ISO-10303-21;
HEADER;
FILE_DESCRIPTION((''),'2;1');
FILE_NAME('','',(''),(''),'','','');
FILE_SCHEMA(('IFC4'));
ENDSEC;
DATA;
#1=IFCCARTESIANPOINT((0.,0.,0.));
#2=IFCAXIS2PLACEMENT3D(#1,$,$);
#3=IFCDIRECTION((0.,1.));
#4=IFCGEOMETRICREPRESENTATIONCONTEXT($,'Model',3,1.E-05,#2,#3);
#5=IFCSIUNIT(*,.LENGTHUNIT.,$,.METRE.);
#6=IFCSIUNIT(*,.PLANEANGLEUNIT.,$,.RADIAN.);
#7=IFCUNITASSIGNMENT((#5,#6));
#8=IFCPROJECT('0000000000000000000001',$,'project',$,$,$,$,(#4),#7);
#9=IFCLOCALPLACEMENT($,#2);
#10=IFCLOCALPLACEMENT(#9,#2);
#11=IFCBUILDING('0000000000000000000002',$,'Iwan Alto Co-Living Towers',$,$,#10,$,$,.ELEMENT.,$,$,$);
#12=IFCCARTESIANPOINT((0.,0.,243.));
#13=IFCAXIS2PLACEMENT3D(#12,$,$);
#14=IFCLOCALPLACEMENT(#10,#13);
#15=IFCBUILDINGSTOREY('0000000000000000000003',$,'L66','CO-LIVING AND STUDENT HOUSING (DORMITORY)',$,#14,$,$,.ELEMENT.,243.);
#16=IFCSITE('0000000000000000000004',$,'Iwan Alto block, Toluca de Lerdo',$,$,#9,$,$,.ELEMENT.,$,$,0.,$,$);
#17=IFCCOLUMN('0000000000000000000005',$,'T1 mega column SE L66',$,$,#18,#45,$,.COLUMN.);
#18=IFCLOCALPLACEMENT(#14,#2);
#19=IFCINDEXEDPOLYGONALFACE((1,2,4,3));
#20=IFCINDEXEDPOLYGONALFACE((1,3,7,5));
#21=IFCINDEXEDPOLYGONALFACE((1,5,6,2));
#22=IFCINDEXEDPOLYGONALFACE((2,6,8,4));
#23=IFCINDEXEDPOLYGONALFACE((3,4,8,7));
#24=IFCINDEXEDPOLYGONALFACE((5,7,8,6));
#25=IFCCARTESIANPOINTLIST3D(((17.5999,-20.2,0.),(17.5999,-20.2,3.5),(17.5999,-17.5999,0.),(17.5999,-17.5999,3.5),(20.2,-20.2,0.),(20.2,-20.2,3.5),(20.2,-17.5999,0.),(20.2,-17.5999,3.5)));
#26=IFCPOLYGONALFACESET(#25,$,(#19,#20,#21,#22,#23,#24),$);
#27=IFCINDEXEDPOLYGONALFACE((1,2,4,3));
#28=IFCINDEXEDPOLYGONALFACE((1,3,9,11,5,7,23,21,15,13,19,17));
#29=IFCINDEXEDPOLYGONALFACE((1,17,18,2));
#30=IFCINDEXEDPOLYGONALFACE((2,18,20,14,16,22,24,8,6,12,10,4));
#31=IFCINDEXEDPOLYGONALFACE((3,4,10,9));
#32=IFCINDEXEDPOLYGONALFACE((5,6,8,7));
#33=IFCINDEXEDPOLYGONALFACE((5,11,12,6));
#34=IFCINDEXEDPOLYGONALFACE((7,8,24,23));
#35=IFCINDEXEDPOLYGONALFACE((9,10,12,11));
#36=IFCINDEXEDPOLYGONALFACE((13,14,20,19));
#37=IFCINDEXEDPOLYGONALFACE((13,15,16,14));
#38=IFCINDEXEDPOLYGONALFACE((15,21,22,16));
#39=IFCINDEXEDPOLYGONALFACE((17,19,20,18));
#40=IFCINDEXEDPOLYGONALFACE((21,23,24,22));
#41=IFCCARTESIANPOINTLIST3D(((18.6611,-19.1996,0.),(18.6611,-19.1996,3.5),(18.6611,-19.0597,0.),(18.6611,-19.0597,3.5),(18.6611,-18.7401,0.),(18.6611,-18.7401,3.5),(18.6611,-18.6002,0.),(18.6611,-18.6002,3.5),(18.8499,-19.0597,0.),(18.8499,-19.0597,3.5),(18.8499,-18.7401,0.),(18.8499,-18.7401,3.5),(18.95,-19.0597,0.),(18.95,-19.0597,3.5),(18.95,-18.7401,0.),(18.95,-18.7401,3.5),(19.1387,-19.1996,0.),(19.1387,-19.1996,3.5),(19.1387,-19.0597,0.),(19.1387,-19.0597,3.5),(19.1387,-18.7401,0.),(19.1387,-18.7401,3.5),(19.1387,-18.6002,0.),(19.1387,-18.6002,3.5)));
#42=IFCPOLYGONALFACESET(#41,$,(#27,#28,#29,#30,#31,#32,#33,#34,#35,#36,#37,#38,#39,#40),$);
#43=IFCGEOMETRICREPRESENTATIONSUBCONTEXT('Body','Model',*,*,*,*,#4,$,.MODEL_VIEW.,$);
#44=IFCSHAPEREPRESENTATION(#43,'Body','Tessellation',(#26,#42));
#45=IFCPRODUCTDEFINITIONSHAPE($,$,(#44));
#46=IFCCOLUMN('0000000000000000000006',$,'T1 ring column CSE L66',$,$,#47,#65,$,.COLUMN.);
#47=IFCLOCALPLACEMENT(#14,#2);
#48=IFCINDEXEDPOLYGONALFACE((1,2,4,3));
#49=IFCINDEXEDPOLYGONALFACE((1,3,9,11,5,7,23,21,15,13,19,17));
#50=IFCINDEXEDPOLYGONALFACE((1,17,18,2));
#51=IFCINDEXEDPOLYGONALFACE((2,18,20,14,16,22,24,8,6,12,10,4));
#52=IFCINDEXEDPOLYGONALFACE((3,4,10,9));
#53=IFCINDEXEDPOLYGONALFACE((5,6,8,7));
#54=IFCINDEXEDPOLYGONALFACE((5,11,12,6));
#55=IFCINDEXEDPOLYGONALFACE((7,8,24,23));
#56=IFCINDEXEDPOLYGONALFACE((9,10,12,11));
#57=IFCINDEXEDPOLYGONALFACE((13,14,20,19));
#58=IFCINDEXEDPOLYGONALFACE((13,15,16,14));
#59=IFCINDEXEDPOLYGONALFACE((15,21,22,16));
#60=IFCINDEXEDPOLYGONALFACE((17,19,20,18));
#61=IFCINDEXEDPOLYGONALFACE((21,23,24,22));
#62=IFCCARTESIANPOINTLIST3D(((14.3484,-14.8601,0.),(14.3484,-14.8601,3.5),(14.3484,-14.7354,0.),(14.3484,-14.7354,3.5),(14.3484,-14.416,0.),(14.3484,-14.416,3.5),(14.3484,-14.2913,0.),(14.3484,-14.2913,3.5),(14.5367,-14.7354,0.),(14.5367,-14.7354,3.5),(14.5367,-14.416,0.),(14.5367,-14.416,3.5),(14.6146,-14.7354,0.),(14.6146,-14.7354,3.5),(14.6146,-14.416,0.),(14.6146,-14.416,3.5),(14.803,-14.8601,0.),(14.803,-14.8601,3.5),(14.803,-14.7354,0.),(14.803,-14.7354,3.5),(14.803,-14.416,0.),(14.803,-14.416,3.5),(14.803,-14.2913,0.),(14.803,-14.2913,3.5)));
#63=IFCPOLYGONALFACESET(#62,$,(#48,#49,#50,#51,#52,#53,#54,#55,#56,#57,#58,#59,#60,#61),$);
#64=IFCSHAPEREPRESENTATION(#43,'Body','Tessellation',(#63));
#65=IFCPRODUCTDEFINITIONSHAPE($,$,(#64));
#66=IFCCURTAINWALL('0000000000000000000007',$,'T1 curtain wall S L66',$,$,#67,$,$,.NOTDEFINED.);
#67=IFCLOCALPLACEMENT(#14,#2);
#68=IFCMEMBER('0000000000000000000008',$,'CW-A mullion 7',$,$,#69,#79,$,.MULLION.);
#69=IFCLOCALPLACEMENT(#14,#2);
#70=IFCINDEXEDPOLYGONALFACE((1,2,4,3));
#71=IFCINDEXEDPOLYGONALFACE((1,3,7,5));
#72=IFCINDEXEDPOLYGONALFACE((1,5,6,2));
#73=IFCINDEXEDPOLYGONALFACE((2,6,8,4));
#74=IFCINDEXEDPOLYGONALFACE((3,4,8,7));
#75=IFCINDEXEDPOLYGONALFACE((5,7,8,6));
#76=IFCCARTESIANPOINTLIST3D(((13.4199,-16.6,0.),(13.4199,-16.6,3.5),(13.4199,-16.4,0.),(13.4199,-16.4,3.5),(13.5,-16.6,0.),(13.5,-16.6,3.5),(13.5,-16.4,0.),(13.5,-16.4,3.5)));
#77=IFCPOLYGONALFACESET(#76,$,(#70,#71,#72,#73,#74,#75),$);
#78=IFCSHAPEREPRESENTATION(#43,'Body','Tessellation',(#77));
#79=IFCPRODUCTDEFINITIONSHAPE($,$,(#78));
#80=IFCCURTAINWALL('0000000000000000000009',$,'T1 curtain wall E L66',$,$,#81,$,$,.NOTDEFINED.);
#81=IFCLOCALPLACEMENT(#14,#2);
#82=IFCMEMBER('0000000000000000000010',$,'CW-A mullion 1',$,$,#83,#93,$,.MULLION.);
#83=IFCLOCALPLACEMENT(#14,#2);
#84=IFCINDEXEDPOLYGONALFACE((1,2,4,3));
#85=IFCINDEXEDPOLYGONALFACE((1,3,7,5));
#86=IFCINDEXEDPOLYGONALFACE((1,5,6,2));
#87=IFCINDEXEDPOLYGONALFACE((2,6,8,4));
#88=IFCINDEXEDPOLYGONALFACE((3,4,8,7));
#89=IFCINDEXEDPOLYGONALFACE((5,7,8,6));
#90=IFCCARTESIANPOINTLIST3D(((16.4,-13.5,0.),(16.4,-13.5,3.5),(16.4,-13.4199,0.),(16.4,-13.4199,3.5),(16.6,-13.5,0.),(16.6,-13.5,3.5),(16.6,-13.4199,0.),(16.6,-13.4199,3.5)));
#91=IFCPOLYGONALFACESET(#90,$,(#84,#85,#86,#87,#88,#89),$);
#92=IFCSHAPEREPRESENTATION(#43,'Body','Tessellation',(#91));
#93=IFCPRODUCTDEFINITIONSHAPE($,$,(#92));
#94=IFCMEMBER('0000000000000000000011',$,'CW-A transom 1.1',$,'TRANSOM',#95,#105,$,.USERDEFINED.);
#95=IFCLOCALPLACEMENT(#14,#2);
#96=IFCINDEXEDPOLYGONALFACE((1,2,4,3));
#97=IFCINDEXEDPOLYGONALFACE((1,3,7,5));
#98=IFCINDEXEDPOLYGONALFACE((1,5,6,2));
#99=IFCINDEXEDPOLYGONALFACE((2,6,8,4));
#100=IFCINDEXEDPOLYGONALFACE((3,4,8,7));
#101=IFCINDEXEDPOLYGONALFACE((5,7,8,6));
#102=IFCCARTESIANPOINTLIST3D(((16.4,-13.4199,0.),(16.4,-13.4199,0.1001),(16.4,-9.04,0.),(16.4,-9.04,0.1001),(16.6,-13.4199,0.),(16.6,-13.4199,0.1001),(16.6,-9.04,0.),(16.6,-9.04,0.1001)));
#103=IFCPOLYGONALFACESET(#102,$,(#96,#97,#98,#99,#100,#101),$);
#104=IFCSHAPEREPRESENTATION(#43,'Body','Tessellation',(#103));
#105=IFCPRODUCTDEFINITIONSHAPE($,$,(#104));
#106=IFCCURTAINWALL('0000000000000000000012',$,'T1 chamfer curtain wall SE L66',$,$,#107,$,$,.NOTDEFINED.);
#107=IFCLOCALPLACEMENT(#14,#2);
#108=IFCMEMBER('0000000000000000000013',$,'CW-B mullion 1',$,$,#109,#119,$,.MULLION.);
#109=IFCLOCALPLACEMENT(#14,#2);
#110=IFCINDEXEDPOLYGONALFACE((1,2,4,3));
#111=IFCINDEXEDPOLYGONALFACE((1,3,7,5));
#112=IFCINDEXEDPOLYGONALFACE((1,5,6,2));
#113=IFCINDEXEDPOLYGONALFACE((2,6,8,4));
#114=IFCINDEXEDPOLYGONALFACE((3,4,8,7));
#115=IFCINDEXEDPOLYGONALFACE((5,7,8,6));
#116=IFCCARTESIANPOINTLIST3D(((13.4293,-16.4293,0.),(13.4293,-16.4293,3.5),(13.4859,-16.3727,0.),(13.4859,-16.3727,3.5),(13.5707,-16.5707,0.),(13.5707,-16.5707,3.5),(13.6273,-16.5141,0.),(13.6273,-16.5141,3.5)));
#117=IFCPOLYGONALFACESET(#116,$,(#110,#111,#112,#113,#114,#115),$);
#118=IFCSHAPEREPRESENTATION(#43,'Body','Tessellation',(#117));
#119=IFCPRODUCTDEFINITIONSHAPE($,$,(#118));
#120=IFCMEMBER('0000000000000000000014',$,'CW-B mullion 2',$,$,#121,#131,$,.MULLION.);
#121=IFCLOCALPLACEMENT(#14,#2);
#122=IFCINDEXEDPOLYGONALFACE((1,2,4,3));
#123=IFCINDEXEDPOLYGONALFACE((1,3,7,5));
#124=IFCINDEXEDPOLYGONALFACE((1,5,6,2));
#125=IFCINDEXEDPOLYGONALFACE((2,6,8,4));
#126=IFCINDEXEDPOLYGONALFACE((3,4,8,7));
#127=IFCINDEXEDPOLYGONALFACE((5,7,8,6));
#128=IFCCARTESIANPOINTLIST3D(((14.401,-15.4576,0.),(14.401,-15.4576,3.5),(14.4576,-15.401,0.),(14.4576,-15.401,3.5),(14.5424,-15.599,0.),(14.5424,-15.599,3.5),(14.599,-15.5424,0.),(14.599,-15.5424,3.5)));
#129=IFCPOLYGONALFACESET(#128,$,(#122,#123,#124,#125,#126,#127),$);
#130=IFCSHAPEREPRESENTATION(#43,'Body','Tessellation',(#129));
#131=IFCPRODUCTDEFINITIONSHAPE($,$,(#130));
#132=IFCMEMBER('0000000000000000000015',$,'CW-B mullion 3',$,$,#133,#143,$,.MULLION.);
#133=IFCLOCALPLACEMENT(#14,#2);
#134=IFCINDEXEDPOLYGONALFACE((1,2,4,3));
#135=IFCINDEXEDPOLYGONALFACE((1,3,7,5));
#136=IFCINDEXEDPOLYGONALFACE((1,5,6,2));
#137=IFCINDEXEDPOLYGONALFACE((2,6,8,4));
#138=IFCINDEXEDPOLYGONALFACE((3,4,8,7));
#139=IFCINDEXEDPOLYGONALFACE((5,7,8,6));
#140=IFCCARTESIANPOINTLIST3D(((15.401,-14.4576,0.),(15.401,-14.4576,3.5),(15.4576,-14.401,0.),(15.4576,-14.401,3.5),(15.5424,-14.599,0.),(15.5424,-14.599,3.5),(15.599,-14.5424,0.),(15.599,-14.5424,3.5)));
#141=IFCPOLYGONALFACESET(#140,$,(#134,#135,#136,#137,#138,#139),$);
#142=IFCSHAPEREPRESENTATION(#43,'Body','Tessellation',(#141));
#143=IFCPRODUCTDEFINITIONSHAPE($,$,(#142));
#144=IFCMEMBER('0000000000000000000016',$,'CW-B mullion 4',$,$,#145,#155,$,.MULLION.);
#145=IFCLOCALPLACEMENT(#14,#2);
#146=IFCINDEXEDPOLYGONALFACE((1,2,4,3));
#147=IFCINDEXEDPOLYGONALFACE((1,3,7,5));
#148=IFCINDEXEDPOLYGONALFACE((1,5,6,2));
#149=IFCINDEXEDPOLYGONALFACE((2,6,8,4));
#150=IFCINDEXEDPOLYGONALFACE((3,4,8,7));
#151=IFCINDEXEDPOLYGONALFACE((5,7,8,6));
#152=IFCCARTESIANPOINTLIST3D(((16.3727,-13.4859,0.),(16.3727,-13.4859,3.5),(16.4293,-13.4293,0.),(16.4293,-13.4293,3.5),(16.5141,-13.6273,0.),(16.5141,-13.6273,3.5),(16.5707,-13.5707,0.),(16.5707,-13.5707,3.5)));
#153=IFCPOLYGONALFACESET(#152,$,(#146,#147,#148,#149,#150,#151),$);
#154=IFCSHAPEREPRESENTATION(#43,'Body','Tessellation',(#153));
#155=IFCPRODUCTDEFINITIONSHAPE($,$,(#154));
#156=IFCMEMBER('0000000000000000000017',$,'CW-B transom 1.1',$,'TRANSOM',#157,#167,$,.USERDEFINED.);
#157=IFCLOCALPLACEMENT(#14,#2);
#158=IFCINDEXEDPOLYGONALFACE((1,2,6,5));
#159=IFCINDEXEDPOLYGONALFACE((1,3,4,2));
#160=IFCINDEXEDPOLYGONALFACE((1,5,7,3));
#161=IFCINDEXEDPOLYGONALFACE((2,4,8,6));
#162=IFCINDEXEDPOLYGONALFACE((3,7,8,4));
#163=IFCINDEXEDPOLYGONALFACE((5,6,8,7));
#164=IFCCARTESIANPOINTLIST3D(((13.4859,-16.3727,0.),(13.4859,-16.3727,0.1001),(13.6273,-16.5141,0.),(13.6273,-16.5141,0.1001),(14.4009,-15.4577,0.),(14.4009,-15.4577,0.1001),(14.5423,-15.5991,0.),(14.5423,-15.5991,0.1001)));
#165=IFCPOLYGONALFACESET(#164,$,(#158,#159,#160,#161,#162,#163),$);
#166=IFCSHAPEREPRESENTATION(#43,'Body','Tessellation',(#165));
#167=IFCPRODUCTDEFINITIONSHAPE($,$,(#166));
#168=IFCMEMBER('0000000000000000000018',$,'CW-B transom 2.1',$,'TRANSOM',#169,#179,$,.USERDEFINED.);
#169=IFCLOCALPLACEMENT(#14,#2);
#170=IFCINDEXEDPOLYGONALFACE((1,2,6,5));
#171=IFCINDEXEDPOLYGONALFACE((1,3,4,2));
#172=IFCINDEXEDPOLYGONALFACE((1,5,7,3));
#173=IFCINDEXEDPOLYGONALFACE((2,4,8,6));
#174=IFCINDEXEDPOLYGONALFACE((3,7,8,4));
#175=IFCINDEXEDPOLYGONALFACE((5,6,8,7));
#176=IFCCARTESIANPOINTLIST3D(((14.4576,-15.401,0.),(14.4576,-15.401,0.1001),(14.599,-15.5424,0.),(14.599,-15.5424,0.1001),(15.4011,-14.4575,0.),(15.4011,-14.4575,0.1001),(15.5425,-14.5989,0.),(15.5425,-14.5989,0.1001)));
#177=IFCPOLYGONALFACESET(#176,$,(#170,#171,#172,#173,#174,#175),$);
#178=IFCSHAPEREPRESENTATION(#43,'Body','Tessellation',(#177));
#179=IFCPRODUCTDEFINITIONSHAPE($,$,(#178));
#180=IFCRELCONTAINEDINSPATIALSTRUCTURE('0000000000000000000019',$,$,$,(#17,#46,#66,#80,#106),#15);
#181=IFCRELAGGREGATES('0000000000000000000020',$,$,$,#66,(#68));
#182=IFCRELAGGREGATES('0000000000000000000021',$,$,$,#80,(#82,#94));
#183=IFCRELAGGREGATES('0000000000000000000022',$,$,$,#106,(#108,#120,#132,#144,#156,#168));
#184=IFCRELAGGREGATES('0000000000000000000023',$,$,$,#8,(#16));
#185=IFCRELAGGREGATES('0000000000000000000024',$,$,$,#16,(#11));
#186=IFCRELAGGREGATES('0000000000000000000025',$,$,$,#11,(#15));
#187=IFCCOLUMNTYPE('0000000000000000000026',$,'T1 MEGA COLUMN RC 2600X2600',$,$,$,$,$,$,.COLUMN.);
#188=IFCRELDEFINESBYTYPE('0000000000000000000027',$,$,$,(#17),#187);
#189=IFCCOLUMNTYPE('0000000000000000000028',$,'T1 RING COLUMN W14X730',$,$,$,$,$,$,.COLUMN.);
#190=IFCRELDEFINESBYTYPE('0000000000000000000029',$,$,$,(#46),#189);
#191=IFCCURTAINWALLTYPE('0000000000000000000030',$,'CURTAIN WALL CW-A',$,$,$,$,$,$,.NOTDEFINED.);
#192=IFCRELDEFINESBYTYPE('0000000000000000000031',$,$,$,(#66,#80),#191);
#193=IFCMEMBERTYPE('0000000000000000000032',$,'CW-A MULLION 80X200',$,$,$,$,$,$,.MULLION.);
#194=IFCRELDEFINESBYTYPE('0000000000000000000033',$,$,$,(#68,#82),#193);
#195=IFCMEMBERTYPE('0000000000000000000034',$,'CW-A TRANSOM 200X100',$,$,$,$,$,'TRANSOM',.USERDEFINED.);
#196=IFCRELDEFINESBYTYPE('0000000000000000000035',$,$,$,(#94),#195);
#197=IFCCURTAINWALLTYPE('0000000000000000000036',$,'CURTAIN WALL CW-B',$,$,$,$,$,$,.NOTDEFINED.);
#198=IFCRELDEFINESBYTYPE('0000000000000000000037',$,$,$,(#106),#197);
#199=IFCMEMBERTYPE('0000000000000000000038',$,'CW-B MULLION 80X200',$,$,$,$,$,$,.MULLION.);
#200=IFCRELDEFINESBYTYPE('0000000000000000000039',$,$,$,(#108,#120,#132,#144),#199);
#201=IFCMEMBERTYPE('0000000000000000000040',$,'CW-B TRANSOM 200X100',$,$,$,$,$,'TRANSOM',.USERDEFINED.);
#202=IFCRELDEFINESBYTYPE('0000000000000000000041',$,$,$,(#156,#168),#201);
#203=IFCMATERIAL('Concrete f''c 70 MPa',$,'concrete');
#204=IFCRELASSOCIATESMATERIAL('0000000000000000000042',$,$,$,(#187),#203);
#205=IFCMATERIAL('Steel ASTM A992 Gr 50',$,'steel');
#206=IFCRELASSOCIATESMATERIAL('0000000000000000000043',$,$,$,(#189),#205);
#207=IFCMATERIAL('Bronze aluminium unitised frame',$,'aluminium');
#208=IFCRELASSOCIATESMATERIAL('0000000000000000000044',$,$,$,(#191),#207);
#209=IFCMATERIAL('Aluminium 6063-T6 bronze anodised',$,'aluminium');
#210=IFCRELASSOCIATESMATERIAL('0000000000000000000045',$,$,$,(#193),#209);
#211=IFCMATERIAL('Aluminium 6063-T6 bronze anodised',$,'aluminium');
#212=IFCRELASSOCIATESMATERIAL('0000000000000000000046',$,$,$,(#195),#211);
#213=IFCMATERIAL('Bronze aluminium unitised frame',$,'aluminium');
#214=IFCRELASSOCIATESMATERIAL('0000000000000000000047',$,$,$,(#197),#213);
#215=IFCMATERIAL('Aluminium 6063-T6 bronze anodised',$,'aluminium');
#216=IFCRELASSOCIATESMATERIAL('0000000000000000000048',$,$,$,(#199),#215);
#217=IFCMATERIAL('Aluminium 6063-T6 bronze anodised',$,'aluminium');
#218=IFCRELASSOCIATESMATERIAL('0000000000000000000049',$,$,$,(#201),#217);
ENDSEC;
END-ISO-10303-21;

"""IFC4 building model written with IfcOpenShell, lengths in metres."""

from ifc_helpers import new_model, si_unit, direction, frame, origin, origin_2d, place, context, subcontext, project, spatial, rectangle, i_section, extrude, material, material_profile, profile_set, type_object, element, aggregate, save


model = new_model("IFC4")

# Units and contexts
model_context = context("Model", 3, precision=1e-05, world=origin(), true_north=direction((0.0, 1.0)))
body_context = subcontext(model_context, "Body", "Model", "MODEL_VIEW")
ifc_project = project(units=[si_unit("LENGTHUNIT", "METRE"), si_unit("PLANEANGLEUNIT", "RADIAN")], contexts=[model_context])

# Site, building, storey
site_placement = place(None, origin())
site = spatial("IfcSite", under=ifc_project, at=site_placement, Name="Iwan Alto block, Toluca de Lerdo", CompositionType="ELEMENT", RefElevation=0.0)
building_placement = place(site_placement, origin())
building = spatial("IfcBuilding", under=site, at=building_placement, Name="Iwan Alto Co-Living Towers", CompositionType="ELEMENT")
storey_placement = place(building_placement, frame((0.0, 0.0, 243.0)))
storey = spatial("IfcBuildingStorey", under=building, at=storey_placement, Name="L66", Description="CO-LIVING AND STUDENT HOUSING (DORMITORY)", CompositionType="ELEMENT", Elevation=243.0)

# Columns
ifc_material_1 = material(Name="Concrete f'c 70 MPa", Category="concrete")
ifc_material_profile_1 = material_profile(ifc_material_1, rectangle(XDim=2.6001, YDim=2.6001, at=origin_2d()), Name="RC 2600X2600")
ifc_profile_set_1 = profile_set([ifc_material_profile_1], Name="Concrete f'c 70 MPa")
column_type_1 = type_object("IfcColumnType", Name="T1 MEGA COLUMN RC 2600X2600", PredefinedType="COLUMN", material=ifc_profile_set_1)
column_1_placement = place(storey_placement, frame((18.8999, -18.8999, 0.0), z_axis=(0.0, 0.0, 1.0), x_axis=(1.0, 0.0, 0.0)))
element("IfcColumn", 1, at=column_1_placement, inside=storey, type_object=column_type_1, Name="T1 mega column SE L66", PredefinedType="COLUMN", context=body_context, shape_type="SweptSolid", body=[
    extrude(rectangle(XDim=2.6001, YDim=2.6001, at=origin_2d()), origin(), (0.0, 0.0, 1.0), 3.5),
    extrude(i_section(OverallWidth=0.4775, OverallDepth=0.5994, WebThickness=0.1001, FlangeThickness=0.1399, at=origin_2d()), origin(), (0.0, 0.0, 1.0), 3.5),
])
ifc_material_2 = material(Name="Steel ASTM A992 Gr 50", Category="steel")
ifc_material_profile_2 = material_profile(ifc_material_2, i_section(OverallWidth=0.4546, OverallDepth=0.5688, WebThickness=0.0779, FlangeThickness=0.1248, at=origin_2d()), Name="W14X730")
ifc_profile_set_2 = profile_set([ifc_material_profile_2], Name="Steel ASTM A992 Gr 50")
column_type_2 = type_object("IfcColumnType", Name="T1 RING COLUMN W14X730", PredefinedType="COLUMN", material=ifc_profile_set_2)
column_2_placement = place(storey_placement, frame((14.5757, -14.5757, 0.0), z_axis=(0.0, 0.0, 1.0), x_axis=(1.0, 0.0, 0.0)))
element("IfcColumn", 2, at=column_2_placement, inside=storey, type_object=column_type_2, Name="T1 ring column CSE L66", PredefinedType="COLUMN", context=body_context, shape_type="SweptSolid", body=[
    extrude(i_section(OverallWidth=0.4546, OverallDepth=0.5688, WebThickness=0.0779, FlangeThickness=0.1248, at=origin_2d()), origin(), (0.0, 0.0, 1.0), 3.5),
])

# Curtain wall, member
ifc_material_3 = material(Name="Bronze aluminium unitised frame", Category="aluminium")
curtain_wall_type_1 = type_object("IfcCurtainWallType", Name="CURTAIN WALL CW-A", PredefinedType="NOTDEFINED", material=ifc_material_3)
curtain_wall_1_placement = place(storey_placement, origin())
curtain_wall_1 = element("IfcCurtainWall", 3, at=curtain_wall_1_placement, inside=storey, type_object=curtain_wall_type_1, Name="T1 curtain wall S L66", PredefinedType="NOTDEFINED")
ifc_material_4 = material(Name="Aluminium 6063-T6 bronze anodised", Category="aluminium")
ifc_material_profile_3 = material_profile(ifc_material_4, rectangle(XDim=0.2, YDim=0.0801, at=origin_2d()), Name="AL 80X200")
ifc_profile_set_3 = profile_set([ifc_material_profile_3], Name="Aluminium 6063-T6 bronze anodised")
member_type_1 = type_object("IfcMemberType", Name="CW-A MULLION 80X200", PredefinedType="MULLION", material=ifc_profile_set_3)
member_1_placement = place(storey_placement, frame((13.46, -16.5, 0.0), z_axis=(0.0, 0.0, 1.0), x_axis=(0.0, 1.0, 0.0)))
member_1 = element("IfcMember", 4, at=member_1_placement, type_object=member_type_1, Name="CW-A mullion 7", PredefinedType="MULLION", context=body_context, shape_type="SweptSolid", body=[
    extrude(rectangle(XDim=0.2, YDim=0.0801, at=origin_2d()), origin(), (0.0, 0.0, 1.0), 3.5),
])
aggregate(curtain_wall_1, [member_1])

# Curtain walls, members
curtain_wall_2_placement = place(storey_placement, origin())
curtain_wall_2 = element("IfcCurtainWall", 5, at=curtain_wall_2_placement, inside=storey, type_object=curtain_wall_type_1, Name="T1 curtain wall E L66", PredefinedType="NOTDEFINED")
member_2_placement = place(storey_placement, frame((16.5, -13.46, 0.0), z_axis=(0.0, 0.0, 1.0), x_axis=(-1.0, 0.0, 0.0)))
member_2 = element("IfcMember", 6, at=member_2_placement, type_object=member_type_1, Name="CW-A mullion 1", PredefinedType="MULLION", context=body_context, shape_type="SweptSolid", body=[
    extrude(rectangle(XDim=0.2, YDim=0.0801, at=origin_2d()), origin(), (0.0, 0.0, 1.0), 3.5),
])
ifc_material_5 = material(Name="Aluminium 6063-T6 bronze anodised", Category="aluminium")
ifc_material_profile_4 = material_profile(ifc_material_5, rectangle(XDim=0.2, YDim=0.1001, at=origin_2d()), Name="AL 200X100")
ifc_profile_set_4 = profile_set([ifc_material_profile_4], Name="Aluminium 6063-T6 bronze anodised")
member_type_2 = type_object("IfcMemberType", Name="CW-A TRANSOM 200X100", ElementType="TRANSOM", PredefinedType="USERDEFINED", material=ifc_profile_set_4)
member_3_placement = place(storey_placement, frame((16.5, -13.4199, 0.05), z_axis=(0.0, 1.0, 0.0), x_axis=(-1.0, 0.0, 0.0)))
member_3 = element("IfcMember", 7, at=member_3_placement, type_object=member_type_2, Name="CW-A transom 1.1", ObjectType="TRANSOM", PredefinedType="USERDEFINED", context=body_context, shape_type="SweptSolid", body=[
    extrude(rectangle(XDim=0.2, YDim=0.1001, at=origin_2d()), origin(), (0.0, 0.0, 1.0), 4.3799),
])
aggregate(curtain_wall_2, [member_2, member_3])
ifc_material_6 = material(Name="Bronze aluminium unitised frame", Category="aluminium")
curtain_wall_type_2 = type_object("IfcCurtainWallType", Name="CURTAIN WALL CW-B", PredefinedType="NOTDEFINED", material=ifc_material_6)
curtain_wall_3_placement = place(storey_placement, origin())
curtain_wall_3 = element("IfcCurtainWall", 8, at=curtain_wall_3_placement, inside=storey, type_object=curtain_wall_type_2, Name="T1 chamfer curtain wall SE L66", PredefinedType="NOTDEFINED")
ifc_material_7 = material(Name="Aluminium 6063-T6 bronze anodised", Category="aluminium")
ifc_material_profile_5 = material_profile(ifc_material_7, rectangle(XDim=0.2, YDim=0.0801, at=origin_2d()), Name="AL 80X200")
ifc_profile_set_5 = profile_set([ifc_material_profile_5], Name="Aluminium 6063-T6 bronze anodised")
member_type_3 = type_object("IfcMemberType", Name="CW-B MULLION 80X200", PredefinedType="MULLION", material=ifc_profile_set_5)
member_4_placement = place(storey_placement, frame((13.5283, -16.4717, 0.0), z_axis=(0.0, 0.0, 1.0), x_axis=(-0.707107, 0.707107, 0.0)))
member_4 = element("IfcMember", 9, at=member_4_placement, type_object=member_type_3, Name="CW-B mullion 1", PredefinedType="MULLION", context=body_context, shape_type="SweptSolid", body=[
    extrude(rectangle(XDim=0.2, YDim=0.0801, at=origin_2d()), origin(), (0.0, 0.0, 1.0), 3.5),
])
member_5_placement = place(storey_placement, frame((14.5, -15.5, 0.0), z_axis=(0.0, 0.0, 1.0), x_axis=(-0.707107, 0.707107, 0.0)))
member_5 = element("IfcMember", 10, at=member_5_placement, type_object=member_type_3, Name="CW-B mullion 2", PredefinedType="MULLION", context=body_context, shape_type="SweptSolid", body=[
    extrude(rectangle(XDim=0.2, YDim=0.0801, at=origin_2d()), origin(), (0.0, 0.0, 1.0), 3.5),
])
member_6_placement = place(storey_placement, frame((15.5, -14.5, 0.0), z_axis=(0.0, 0.0, 1.0), x_axis=(-0.707107, 0.707107, 0.0)))
member_6 = element("IfcMember", 11, at=member_6_placement, type_object=member_type_3, Name="CW-B mullion 3", PredefinedType="MULLION", context=body_context, shape_type="SweptSolid", body=[
    extrude(rectangle(XDim=0.2, YDim=0.0801, at=origin_2d()), origin(), (0.0, 0.0, 1.0), 3.5),
])
member_7_placement = place(storey_placement, frame((16.4717, -13.5283, 0.0), z_axis=(0.0, 0.0, 1.0), x_axis=(-0.707107, 0.707107, 0.0)))
member_7 = element("IfcMember", 12, at=member_7_placement, type_object=member_type_3, Name="CW-B mullion 4", PredefinedType="MULLION", context=body_context, shape_type="SweptSolid", body=[
    extrude(rectangle(XDim=0.2, YDim=0.0801, at=origin_2d()), origin(), (0.0, 0.0, 1.0), 3.5),
])
ifc_material_8 = material(Name="Aluminium 6063-T6 bronze anodised", Category="aluminium")
ifc_material_profile_6 = material_profile(ifc_material_8, rectangle(XDim=0.2, YDim=0.1001, at=origin_2d()), Name="AL 200X100")
ifc_profile_set_6 = profile_set([ifc_material_profile_6], Name="Aluminium 6063-T6 bronze anodised")
member_type_4 = type_object("IfcMemberType", Name="CW-B TRANSOM 200X100", ElementType="TRANSOM", PredefinedType="USERDEFINED", material=ifc_profile_set_6)
member_8_placement = place(storey_placement, frame((13.5566, -16.4434, 0.05), z_axis=(0.707107, 0.707107, 0.0), x_axis=(-0.707107, 0.707107, 0.0)))
member_8 = element("IfcMember", 13, at=member_8_placement, type_object=member_type_4, Name="CW-B transom 1.1", ObjectType="TRANSOM", PredefinedType="USERDEFINED", context=body_context, shape_type="SweptSolid", body=[
    extrude(rectangle(XDim=0.2, YDim=0.1001, at=origin_2d()), origin(), (0.0, 0.0, 1.0), 1.2939),
])
member_9_placement = place(storey_placement, frame((14.5283, -15.4717, 0.05), z_axis=(0.707107, 0.707107, 0.0), x_axis=(-0.707107, 0.707107, 0.0)))
member_9 = element("IfcMember", 14, at=member_9_placement, type_object=member_type_4, Name="CW-B transom 2.1", ObjectType="TRANSOM", PredefinedType="USERDEFINED", context=body_context, shape_type="SweptSolid", body=[
    extrude(rectangle(XDim=0.2, YDim=0.1001, at=origin_2d()), origin(), (0.0, 0.0, 1.0), 1.3342),
])

aggregate(curtain_wall_3, [member_4, member_5, member_6, member_7, member_8, member_9])

save(model, "model.ifc")
